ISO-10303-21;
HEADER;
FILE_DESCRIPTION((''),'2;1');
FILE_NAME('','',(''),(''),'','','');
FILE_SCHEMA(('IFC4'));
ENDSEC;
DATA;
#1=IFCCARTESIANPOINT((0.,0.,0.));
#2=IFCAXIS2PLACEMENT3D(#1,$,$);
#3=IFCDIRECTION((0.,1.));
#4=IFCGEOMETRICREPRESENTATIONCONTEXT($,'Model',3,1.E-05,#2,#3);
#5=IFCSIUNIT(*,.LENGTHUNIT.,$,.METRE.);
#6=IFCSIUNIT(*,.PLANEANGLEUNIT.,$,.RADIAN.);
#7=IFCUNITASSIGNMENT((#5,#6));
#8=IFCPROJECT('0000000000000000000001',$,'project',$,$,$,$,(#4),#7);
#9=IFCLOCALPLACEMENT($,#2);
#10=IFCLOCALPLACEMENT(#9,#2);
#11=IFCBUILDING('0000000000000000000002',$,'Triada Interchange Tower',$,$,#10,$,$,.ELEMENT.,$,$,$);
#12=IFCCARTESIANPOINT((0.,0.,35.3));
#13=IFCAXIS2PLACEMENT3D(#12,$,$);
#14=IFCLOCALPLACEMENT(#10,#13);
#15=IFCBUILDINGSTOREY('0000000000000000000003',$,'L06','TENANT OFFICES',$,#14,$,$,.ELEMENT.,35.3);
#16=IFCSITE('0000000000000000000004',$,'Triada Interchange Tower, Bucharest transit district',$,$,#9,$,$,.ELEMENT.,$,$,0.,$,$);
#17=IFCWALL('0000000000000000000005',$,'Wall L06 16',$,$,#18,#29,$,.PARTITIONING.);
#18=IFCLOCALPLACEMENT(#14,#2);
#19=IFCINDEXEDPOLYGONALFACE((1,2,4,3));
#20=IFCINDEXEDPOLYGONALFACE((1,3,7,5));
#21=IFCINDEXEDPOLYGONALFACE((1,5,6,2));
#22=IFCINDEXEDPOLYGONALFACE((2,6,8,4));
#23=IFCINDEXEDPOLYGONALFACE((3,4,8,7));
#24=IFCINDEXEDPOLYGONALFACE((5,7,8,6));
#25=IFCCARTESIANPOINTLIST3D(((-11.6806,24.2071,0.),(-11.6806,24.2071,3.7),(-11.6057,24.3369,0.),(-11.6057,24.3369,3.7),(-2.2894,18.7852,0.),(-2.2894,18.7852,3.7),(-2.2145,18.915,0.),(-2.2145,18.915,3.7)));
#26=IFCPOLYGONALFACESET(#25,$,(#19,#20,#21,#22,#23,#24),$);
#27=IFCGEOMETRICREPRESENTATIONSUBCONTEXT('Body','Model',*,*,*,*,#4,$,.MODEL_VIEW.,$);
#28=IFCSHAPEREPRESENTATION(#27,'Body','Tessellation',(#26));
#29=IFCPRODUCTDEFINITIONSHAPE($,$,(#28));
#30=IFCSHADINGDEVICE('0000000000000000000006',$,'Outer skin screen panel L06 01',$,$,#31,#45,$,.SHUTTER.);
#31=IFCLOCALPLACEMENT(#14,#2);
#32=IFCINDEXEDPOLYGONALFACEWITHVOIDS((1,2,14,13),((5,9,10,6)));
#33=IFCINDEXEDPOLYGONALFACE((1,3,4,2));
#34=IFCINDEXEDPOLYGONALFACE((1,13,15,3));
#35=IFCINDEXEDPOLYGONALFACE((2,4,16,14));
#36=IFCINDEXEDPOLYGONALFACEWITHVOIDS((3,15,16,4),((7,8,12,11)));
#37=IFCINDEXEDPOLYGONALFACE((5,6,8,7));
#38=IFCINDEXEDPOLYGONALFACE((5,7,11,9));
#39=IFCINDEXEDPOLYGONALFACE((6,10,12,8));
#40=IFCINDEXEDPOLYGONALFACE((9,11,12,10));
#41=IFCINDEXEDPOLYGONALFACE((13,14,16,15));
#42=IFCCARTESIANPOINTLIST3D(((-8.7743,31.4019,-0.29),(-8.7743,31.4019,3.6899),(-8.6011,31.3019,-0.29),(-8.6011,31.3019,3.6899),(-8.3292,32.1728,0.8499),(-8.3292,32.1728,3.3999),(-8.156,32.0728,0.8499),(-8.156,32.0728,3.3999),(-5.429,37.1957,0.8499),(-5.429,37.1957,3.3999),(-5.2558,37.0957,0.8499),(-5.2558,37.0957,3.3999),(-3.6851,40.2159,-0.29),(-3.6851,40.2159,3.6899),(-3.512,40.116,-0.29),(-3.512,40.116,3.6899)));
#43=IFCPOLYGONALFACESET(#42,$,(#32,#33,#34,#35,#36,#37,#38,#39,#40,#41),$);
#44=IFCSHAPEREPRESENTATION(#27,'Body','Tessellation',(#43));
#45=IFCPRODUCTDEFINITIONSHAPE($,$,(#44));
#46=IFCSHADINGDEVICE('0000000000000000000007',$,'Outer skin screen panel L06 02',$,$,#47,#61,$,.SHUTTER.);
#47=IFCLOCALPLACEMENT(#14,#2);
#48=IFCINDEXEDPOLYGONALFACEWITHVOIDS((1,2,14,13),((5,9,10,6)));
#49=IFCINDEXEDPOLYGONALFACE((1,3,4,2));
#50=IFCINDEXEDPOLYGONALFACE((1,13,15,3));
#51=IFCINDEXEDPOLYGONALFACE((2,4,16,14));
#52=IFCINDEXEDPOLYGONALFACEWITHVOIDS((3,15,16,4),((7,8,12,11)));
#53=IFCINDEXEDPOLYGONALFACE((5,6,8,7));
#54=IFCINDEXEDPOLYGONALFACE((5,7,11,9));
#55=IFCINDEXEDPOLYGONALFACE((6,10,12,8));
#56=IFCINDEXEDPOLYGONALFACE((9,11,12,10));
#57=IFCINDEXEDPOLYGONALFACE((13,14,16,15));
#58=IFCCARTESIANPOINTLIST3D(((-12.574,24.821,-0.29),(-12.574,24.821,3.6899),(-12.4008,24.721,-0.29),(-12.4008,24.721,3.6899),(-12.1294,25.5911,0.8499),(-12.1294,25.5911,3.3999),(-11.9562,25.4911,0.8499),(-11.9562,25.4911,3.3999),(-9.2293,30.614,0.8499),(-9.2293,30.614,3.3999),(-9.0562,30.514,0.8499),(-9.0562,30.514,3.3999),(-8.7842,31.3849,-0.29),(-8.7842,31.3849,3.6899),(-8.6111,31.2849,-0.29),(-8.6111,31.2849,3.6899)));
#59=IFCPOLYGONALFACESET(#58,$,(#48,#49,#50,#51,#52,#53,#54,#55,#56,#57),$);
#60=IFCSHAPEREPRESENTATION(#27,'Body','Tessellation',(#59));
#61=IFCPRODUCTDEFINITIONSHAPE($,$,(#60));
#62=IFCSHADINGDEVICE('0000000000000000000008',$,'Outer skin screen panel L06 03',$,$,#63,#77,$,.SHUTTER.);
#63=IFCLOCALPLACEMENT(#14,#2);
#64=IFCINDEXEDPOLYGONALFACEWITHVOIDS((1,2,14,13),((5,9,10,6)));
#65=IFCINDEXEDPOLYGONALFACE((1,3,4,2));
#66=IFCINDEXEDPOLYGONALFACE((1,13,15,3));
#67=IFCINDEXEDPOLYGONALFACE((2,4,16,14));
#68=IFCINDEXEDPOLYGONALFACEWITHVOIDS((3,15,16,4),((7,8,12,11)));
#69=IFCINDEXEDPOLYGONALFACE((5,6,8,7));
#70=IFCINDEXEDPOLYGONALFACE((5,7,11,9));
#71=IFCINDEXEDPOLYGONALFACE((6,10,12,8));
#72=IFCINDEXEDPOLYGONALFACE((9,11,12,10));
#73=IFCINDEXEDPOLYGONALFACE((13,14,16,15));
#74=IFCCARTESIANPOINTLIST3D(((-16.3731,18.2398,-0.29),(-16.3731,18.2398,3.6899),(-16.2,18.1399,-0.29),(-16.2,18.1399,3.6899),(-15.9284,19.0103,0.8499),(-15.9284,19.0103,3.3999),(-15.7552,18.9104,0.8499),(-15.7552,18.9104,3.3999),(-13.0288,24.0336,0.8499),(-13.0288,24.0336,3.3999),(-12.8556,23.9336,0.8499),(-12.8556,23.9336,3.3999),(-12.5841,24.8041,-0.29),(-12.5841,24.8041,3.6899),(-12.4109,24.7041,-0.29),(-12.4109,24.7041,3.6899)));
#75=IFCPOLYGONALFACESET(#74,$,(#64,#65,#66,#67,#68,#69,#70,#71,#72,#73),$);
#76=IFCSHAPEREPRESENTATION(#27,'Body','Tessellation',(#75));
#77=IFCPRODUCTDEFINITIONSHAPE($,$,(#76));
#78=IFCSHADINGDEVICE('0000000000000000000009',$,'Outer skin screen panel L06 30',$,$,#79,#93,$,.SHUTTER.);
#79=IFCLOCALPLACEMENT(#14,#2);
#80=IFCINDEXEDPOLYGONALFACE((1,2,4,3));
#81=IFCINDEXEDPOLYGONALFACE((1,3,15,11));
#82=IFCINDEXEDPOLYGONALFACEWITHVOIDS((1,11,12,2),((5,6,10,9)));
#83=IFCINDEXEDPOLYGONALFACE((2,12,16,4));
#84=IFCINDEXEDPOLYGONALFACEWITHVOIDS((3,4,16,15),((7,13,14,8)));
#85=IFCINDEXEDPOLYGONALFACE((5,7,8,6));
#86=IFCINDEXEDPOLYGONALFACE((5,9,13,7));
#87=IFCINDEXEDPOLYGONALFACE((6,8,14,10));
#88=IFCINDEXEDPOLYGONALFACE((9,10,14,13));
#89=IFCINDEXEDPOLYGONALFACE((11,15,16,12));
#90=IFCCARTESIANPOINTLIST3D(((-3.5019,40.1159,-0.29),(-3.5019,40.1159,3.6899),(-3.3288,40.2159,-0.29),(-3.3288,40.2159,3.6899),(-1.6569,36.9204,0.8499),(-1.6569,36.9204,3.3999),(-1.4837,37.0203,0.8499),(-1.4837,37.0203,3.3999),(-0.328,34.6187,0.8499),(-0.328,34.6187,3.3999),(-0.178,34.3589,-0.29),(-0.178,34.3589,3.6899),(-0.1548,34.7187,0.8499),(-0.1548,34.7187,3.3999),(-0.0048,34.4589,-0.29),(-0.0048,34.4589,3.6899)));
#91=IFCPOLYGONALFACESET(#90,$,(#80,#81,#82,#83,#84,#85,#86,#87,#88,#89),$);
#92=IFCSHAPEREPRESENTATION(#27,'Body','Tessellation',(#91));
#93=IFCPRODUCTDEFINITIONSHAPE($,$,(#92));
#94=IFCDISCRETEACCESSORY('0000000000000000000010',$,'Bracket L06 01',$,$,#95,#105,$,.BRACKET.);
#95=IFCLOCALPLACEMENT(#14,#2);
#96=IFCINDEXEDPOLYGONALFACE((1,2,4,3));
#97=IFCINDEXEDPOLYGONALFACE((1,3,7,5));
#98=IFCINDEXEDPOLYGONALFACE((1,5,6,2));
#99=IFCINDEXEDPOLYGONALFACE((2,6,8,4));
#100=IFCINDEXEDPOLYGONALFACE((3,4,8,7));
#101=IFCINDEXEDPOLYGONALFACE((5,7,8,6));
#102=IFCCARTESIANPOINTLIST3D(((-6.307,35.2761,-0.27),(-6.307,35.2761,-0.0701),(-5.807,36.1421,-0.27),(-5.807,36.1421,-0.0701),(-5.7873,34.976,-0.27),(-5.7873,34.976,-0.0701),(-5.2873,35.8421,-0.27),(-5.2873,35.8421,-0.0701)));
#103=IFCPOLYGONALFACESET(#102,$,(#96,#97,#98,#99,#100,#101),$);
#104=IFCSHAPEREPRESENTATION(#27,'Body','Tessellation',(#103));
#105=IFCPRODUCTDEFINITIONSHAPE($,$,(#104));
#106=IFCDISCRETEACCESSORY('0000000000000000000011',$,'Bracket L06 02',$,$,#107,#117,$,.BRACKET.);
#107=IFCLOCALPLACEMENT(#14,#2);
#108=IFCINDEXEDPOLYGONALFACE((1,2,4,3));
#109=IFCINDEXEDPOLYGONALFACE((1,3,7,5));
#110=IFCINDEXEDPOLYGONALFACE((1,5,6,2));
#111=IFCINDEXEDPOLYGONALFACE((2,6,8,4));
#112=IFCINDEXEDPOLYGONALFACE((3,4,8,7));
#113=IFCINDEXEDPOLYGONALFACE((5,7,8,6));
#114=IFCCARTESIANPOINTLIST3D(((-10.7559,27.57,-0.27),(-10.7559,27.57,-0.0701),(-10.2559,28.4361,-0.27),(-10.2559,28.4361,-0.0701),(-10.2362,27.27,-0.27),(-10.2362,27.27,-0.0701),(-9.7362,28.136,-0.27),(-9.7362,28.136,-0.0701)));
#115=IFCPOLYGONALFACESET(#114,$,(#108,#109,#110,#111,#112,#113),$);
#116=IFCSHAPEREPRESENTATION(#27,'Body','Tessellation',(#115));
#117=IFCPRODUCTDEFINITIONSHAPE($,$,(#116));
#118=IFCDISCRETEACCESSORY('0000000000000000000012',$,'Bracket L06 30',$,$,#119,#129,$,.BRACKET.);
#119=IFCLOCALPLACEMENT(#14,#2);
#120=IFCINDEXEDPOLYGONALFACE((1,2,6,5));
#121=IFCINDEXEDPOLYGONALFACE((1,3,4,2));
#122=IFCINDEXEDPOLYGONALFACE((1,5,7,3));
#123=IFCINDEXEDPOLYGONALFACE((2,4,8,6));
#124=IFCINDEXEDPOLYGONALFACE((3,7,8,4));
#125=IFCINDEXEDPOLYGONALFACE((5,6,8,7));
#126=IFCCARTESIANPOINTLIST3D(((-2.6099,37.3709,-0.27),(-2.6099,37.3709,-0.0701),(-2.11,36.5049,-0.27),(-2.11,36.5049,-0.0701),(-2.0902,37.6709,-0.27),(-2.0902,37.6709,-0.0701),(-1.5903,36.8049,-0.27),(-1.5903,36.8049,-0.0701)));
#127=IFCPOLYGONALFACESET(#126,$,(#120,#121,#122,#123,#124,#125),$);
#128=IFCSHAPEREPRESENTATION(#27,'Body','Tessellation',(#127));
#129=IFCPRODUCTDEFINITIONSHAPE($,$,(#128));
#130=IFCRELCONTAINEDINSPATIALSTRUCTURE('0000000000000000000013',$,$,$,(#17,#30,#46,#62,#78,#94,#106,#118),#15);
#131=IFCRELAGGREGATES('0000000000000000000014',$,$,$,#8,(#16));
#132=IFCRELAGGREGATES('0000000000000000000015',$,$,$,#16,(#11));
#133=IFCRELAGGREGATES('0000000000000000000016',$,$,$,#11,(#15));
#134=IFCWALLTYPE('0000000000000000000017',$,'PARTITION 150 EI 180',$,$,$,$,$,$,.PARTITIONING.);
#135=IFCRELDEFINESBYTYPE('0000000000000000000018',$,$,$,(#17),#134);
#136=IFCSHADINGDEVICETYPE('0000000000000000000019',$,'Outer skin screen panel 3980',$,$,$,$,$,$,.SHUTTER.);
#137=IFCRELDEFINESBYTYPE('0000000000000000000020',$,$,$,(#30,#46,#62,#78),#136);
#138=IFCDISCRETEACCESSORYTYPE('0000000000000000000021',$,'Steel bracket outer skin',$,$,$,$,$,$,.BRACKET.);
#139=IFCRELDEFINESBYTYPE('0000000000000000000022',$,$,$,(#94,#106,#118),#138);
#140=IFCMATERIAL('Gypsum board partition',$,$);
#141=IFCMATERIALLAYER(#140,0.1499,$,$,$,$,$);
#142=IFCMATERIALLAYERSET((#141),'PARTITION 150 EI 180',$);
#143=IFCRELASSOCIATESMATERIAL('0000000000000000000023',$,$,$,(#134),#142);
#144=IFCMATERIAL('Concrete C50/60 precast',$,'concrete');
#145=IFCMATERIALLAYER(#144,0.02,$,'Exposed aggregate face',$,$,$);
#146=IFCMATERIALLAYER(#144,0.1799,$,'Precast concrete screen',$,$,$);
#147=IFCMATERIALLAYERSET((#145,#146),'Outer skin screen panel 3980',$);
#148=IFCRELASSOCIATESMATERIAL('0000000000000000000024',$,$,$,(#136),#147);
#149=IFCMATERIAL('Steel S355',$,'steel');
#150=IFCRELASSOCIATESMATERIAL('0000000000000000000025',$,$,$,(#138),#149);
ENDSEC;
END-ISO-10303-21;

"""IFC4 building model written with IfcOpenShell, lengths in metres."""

from ifc_helpers import new_model, si_unit, direction, frame, frame_2d, origin, origin_2d, place, context, subcontext, project, spatial, polyline, rectangle, outline, extrude, material, layer, layer_set, type_object, element, save


model = new_model("IFC4")

# Units and contexts
model_context = context("Model", 3, precision=1e-05, world=origin(), true_north=direction((0.0, 1.0)))
body_context = subcontext(model_context, "Body", "Model", "MODEL_VIEW")
ifc_project = project(units=[si_unit("LENGTHUNIT", "METRE"), si_unit("PLANEANGLEUNIT", "RADIAN")], contexts=[model_context])

# Site, building, storey
site_placement = place(None, origin())
site = spatial("IfcSite", under=ifc_project, at=site_placement, Name="Triada Interchange Tower, Bucharest transit district", CompositionType="ELEMENT", RefElevation=0.0)
building_placement = place(site_placement, origin())
building = spatial("IfcBuilding", under=site, at=building_placement, Name="Triada Interchange Tower", CompositionType="ELEMENT")
storey_placement = place(building_placement, frame((0.0, 0.0, 35.3)))
storey = spatial("IfcBuildingStorey", under=building, at=storey_placement, Name="L06", Description="TENANT OFFICES", CompositionType="ELEMENT", Elevation=35.3)

# Wall
ifc_material_1 = material(Name="Gypsum board partition")
ifc_layer_1 = layer(ifc_material_1, 0.1499)
ifc_layer_set_1 = layer_set([ifc_layer_1], Name="PARTITION 150 EI 180")
wall_type_1 = type_object("IfcWallType", Name="PARTITION 150 EI 180", PredefinedType="PARTITIONING", material=ifc_layer_set_1)
wall_1_placement = place(storey_placement, frame((-11.6431, 24.272, 0.0), z_axis=(0.0, 0.0, 1.0), x_axis=(0.866029, -0.499994, 0.0)))
element("IfcWall", 1, at=wall_1_placement, inside=storey, type_object=wall_type_1, Name="Wall L06 16", PredefinedType="PARTITIONING", context=body_context, shape_type="SweptSolid", body=[
    extrude(rectangle(XDim=10.844, YDim=0.1499, at=frame_2d((5.4219, 0.0))), origin(), (0.0, 0.0, 1.0), 3.7),
])

# Shading devices
ifc_material_2 = material(Name="Concrete C50/60 precast", Category="concrete")
ifc_layer_2 = layer(ifc_material_2, 0.02, Name="Exposed aggregate face")
ifc_layer_3 = layer(ifc_material_2, 0.1799, Name="Precast concrete screen")
ifc_layer_set_2 = layer_set([ifc_layer_2, ifc_layer_3], Name="Outer skin screen panel 3980")
shading_device_type = type_object("IfcShadingDeviceType", Name="Outer skin screen panel 3980", PredefinedType="SHUTTER", material=ifc_layer_set_2)
shading_device_1_placement = place(storey_placement, frame((-3.512, 40.116, -0.29), z_axis=(0.0, 0.0, 1.0), x_axis=(-0.500027, -0.86601, 0.0)))
element("IfcShadingDevice", 2, at=shading_device_1_placement, inside=storey, type_object=shading_device_type, Name="Outer skin screen panel L06 01", PredefinedType="SHUTTER", context=body_context, shape_type="SweptSolid", body=[
    extrude(outline(polyline([(0.0, 0.0), (10.1777, 0.0), (10.1777, 3.98), (0.0, 3.98), (0.0, 0.0)]), holes=[polyline([(3.4875, 1.1399), (3.4875, 3.6899), (9.2876, 3.6899), (9.2876, 1.1399), (3.4875, 1.1399)])]), frame((0.0, 0.0, 0.0), z_axis=(0.0, -1.0, 0.0), x_axis=(1.0, 0.0, 0.0)), (0.0, 0.0, 1.0), 0.2),
])
shading_device_2_placement = place(storey_placement, frame((-8.6111, 31.2849, -0.29), z_axis=(0.0, 0.0, 1.0), x_axis=(-0.500009, -0.86602, 0.0)))
element("IfcShadingDevice", 3, at=shading_device_2_placement, inside=storey, type_object=shading_device_type, Name="Outer skin screen panel L06 02", PredefinedType="SHUTTER", context=body_context, shape_type="SweptSolid", body=[
    extrude(outline(polyline([(0.0, 0.0), (7.5793, 0.0), (7.5793, 3.98), (0.0, 3.98), (0.0, 0.0)]), holes=[polyline([(0.8901, 1.1399), (0.8901, 3.6899), (6.6902, 3.6899), (6.6902, 1.1399), (0.8901, 1.1399)])]), frame((0.0, 0.0, 0.0), z_axis=(0.0, -1.0, 0.0), x_axis=(1.0, 0.0, 0.0)), (0.0, 0.0, 1.0), 0.2),
])
shading_device_3_placement = place(storey_placement, frame((-12.4109, 24.7041, -0.29), z_axis=(0.0, 0.0, 1.0), x_axis=(-0.499922, -0.86607, 0.0)))
element("IfcShadingDevice", 4, at=shading_device_3_placement, inside=storey, type_object=shading_device_type, Name="Outer skin screen panel L06 03", PredefinedType="SHUTTER", context=body_context, shape_type="SweptSolid", body=[
    extrude(outline(polyline([(0.0, 0.0), (7.5793, 0.0), (7.5793, 3.98), (0.0, 3.98), (0.0, 0.0)]), holes=[polyline([(0.8896, 1.1399), (0.8896, 3.6899), (6.6897, 3.6899), (6.6897, 1.1399), (0.8896, 1.1399)])]), frame((0.0, 0.0, 0.0), z_axis=(0.0, -1.0, 0.0), x_axis=(1.0, 0.0, 0.0)), (0.0, 0.0, 1.0), 0.2),
])
shading_device_4_placement = place(storey_placement, frame((-0.178, 34.3589, -0.29), z_axis=(0.0, 0.0, 1.0), x_axis=(-0.500014, 0.866017, 0.0)))
element("IfcShadingDevice", 5, at=shading_device_4_placement, inside=storey, type_object=shading_device_type, Name="Outer skin screen panel L06 30", PredefinedType="SHUTTER", context=body_context, shape_type="SweptSolid", body=[
    extrude(outline(polyline([(0.0, 0.0), (6.6477, 0.0), (6.6477, 3.98), (0.0, 3.98), (0.0, 0.0)]), holes=[polyline([(0.3, 1.1399), (0.3, 3.6899), (2.9578, 3.6899), (2.9578, 1.1399), (0.3, 1.1399)])]), frame((0.0, 0.0, 0.0), z_axis=(0.0, -1.0, 0.0), x_axis=(1.0, 0.0, 0.0)), (0.0, 0.0, 1.0), 0.2),
])

# Discrete accessories
ifc_material_3 = material(Name="Steel S355", Category="steel")
discrete_accessory_type = type_object("IfcDiscreteAccessoryType", Name="Steel bracket outer skin", PredefinedType="BRACKET", material=ifc_material_3)
for number, where, z_axis, x_axis, name in (
    (6, (-5.7971, 35.5591, -0.27), (0.0, 0.0, 1.0), (-0.866021, 0.500008, 0.0), "Bracket L06 01"),
    (7, (-10.2461, 27.853, -0.27), (0.0, 0.0, 1.0), (-0.866021, 0.500008, 0.0), "Bracket L06 02"),
    (8, (-2.1001, 37.0879, -0.27), (0.0, 0.0, 1.0), (0.86605, 0.499957, 0.0), "Bracket L06 30"),
):
    element("IfcDiscreteAccessory", number, at=place(storey_placement, frame(where, z_axis=z_axis, x_axis=x_axis)), inside=storey, type_object=discrete_accessory_type, Name=name, PredefinedType="BRACKET", context=body_context, shape_type="SweptSolid", body=[
        extrude(rectangle(XDim=0.6001, YDim=1.0, at=origin_2d()), origin(), (0.0, 0.0, 1.0), 0.2),
    ])

save(model, "model.ifc")
